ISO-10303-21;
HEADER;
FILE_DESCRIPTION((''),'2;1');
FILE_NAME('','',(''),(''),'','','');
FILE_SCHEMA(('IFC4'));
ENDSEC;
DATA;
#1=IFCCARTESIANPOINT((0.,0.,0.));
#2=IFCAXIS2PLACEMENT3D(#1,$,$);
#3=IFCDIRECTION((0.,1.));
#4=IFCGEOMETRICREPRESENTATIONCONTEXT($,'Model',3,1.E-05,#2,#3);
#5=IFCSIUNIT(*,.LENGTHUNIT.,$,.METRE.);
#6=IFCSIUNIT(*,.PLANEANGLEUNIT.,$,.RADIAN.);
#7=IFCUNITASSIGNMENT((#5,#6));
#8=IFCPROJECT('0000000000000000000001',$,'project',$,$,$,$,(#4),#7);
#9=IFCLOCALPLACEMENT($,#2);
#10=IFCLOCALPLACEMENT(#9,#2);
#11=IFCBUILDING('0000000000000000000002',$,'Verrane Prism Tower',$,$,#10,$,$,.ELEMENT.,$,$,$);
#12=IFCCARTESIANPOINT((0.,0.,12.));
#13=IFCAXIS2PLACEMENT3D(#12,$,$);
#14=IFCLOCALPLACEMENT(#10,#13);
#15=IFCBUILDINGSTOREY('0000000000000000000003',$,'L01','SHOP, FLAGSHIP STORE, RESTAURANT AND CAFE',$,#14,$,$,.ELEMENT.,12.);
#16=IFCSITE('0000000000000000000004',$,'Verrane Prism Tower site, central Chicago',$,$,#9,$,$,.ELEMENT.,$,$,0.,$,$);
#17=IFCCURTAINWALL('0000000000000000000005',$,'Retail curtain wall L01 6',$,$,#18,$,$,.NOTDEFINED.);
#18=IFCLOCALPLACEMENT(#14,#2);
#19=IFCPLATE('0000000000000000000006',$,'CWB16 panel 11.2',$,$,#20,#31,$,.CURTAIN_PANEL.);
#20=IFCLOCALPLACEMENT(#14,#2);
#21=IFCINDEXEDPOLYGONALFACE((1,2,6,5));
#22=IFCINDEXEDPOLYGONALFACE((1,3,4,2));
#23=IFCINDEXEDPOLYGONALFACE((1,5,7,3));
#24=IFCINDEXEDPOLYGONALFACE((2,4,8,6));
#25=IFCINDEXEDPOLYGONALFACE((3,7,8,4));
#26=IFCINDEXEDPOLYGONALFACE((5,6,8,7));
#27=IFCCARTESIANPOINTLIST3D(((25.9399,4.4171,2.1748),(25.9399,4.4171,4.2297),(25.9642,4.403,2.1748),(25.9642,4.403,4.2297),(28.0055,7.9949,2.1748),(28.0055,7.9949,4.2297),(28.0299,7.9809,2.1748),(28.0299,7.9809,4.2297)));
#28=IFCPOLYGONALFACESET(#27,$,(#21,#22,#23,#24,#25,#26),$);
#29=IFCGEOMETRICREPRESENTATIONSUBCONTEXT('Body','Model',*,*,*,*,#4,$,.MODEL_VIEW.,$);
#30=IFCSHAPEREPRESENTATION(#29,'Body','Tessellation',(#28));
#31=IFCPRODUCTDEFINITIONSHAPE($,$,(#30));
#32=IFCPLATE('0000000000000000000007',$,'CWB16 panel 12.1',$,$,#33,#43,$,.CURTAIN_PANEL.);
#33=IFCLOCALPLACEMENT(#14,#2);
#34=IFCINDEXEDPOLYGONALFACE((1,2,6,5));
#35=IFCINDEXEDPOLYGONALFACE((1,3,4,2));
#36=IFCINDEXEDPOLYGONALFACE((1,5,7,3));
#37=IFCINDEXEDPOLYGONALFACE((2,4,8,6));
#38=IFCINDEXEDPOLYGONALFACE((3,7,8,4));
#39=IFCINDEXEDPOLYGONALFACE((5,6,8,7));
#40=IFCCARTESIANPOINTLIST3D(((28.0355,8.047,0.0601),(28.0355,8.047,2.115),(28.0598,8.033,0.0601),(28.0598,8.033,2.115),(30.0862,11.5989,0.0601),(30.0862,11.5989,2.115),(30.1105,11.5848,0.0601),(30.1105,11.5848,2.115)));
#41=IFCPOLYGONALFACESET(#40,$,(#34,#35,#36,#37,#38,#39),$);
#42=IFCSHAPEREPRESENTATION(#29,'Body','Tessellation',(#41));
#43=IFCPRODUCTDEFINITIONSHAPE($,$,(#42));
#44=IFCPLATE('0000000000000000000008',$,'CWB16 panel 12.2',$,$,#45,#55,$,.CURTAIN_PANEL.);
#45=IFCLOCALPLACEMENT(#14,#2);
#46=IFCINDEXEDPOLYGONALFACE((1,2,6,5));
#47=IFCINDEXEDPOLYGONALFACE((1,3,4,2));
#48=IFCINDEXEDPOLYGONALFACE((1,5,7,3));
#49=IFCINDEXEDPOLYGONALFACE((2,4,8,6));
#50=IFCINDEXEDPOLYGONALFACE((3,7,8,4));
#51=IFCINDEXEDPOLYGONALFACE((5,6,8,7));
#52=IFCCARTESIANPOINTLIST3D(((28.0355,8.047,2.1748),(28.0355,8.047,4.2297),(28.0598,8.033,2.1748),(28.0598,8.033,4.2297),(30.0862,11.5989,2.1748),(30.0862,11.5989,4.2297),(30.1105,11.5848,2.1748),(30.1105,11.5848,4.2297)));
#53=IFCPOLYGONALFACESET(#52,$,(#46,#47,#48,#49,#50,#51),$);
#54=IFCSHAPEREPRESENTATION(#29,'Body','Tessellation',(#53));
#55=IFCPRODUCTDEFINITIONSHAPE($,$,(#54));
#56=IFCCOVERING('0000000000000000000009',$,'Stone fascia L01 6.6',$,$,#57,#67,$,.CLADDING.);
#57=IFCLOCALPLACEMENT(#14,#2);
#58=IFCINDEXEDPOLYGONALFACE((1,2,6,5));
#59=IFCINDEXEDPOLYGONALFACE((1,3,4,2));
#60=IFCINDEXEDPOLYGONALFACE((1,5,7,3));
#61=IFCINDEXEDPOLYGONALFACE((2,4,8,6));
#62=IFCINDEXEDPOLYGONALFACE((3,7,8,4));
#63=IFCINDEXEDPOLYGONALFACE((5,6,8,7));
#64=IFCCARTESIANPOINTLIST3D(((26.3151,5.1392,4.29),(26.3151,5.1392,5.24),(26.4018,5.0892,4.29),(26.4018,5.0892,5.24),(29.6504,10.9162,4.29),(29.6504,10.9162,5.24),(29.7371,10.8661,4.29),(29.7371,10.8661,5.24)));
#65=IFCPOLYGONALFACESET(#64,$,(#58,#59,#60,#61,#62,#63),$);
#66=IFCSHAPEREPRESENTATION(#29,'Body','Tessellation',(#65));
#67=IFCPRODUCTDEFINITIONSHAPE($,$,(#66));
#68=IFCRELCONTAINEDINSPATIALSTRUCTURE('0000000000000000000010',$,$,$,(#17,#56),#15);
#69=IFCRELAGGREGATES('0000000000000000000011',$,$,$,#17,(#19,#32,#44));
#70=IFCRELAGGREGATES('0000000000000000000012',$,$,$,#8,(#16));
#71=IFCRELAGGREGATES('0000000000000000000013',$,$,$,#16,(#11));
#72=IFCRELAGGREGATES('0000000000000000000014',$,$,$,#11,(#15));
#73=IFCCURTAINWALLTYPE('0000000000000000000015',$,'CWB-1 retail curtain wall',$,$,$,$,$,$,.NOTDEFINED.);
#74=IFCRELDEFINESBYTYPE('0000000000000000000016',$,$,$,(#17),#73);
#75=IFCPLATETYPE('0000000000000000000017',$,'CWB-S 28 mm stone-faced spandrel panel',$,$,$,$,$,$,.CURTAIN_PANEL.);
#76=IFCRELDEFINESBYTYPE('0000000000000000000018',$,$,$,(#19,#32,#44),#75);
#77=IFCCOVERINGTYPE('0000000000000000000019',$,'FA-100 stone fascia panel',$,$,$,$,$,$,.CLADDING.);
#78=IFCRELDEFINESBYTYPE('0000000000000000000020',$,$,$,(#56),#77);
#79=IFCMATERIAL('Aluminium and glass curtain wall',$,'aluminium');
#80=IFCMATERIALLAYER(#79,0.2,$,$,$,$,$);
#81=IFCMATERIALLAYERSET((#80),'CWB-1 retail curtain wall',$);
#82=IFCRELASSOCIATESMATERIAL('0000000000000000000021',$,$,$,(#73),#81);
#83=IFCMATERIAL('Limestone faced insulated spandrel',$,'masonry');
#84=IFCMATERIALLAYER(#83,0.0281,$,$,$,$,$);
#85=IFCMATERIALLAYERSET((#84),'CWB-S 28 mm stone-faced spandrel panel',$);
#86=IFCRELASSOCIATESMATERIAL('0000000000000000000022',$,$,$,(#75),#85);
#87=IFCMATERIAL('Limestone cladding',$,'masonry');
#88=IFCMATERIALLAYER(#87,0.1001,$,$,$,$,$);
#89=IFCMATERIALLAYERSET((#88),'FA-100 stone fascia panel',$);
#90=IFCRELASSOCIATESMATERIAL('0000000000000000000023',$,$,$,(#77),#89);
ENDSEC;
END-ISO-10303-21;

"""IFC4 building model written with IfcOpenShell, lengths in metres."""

from ifc_helpers import new_model, si_unit, direction, frame, origin, origin_2d, place, context, subcontext, project, spatial, rectangle, extrude, material, layer, layer_set, type_object, element, aggregate, save


model = new_model("IFC4")

# Units and contexts
model_context = context("Model", 3, precision=1e-05, world=origin(), true_north=direction((0.0, 1.0)))
body_context = subcontext(model_context, "Body", "Model", "MODEL_VIEW")
ifc_project = project(units=[si_unit("LENGTHUNIT", "METRE"), si_unit("PLANEANGLEUNIT", "RADIAN")], contexts=[model_context])

# Site, building, storey
site_placement = place(None, origin())
site = spatial("IfcSite", under=ifc_project, at=site_placement, Name="Verrane Prism Tower site, central Chicago", CompositionType="ELEMENT", RefElevation=0.0)
building_placement = place(site_placement, origin())
building = spatial("IfcBuilding", under=site, at=building_placement, Name="Verrane Prism Tower", CompositionType="ELEMENT")
storey_placement = place(building_placement, frame((0.0, 0.0, 12.0)))
storey = spatial("IfcBuildingStorey", under=building, at=storey_placement, Name="L01", Description="SHOP, FLAGSHIP STORE, RESTAURANT AND CAFE", CompositionType="ELEMENT", Elevation=12.0)

# Shared definitions
ifc_material_1 = material(Name="Aluminium and glass curtain wall", Category="aluminium")
ifc_layer_1 = layer(ifc_material_1, 0.2)
ifc_layer_set_1 = layer_set([ifc_layer_1], Name="CWB-1 retail curtain wall")
curtain_wall_type = type_object("IfcCurtainWallType", Name="CWB-1 retail curtain wall", PredefinedType="NOTDEFINED", material=ifc_layer_set_1)

# Curtain wall
curtain_wall_1_placement = place(storey_placement, origin())
curtain_wall_1 = element("IfcCurtainWall", 1, at=curtain_wall_1_placement, inside=storey, type_object=curtain_wall_type, Name="Retail curtain wall L01 6", PredefinedType="NOTDEFINED")

# Plates
ifc_material_2 = material(Name="Limestone faced insulated spandrel", Category="masonry")
ifc_layer_2 = layer(ifc_material_2, 0.0281)
ifc_layer_set_2 = layer_set([ifc_layer_2], Name="CWB-S 28 mm stone-faced spandrel panel")
plate_type = type_object("IfcPlateType", Name="CWB-S 28 mm stone-faced spandrel panel", PredefinedType="CURTAIN_PANEL", material=ifc_layer_set_2)
plate_1_placement = place(storey_placement, frame((26.9849, 6.199, 2.1748), z_axis=(0.0, 0.0, 1.0), x_axis=(0.5, 0.866025, 0.0)))
plate_1 = element("IfcPlate", 2, at=plate_1_placement, type_object=plate_type, Name="CWB16 panel 11.2", PredefinedType="CURTAIN_PANEL", context=body_context, shape_type="SweptSolid", body=[
    extrude(rectangle(XDim=4.1313, YDim=0.0281, at=origin_2d()), origin(), (0.0, 0.0, 1.0), 2.0549),
])
plate_2_placement = place(storey_placement, frame((29.073, 9.8159, 0.0601), z_axis=(0.0, 0.0, 1.0), x_axis=(0.5, 0.866025, 0.0)))
plate_2 = element("IfcPlate", 3, at=plate_2_placement, type_object=plate_type, Name="CWB16 panel 12.1", PredefinedType="CURTAIN_PANEL", context=body_context, shape_type="SweptSolid", body=[
    extrude(rectangle(XDim=4.1013, YDim=0.0281, at=origin_2d()), origin(), (0.0, 0.0, 1.0), 2.0549),
])
plate_3_placement = place(storey_placement, frame((29.073, 9.8159, 2.1748), z_axis=(0.0, 0.0, 1.0), x_axis=(0.5, 0.866025, 0.0)))
plate_3 = element("IfcPlate", 4, at=plate_3_placement, type_object=plate_type, Name="CWB16 panel 12.2", PredefinedType="CURTAIN_PANEL", context=body_context, shape_type="SweptSolid", body=[
    extrude(rectangle(XDim=4.1013, YDim=0.0281, at=origin_2d()), origin(), (0.0, 0.0, 1.0), 2.0549),
])
aggregate(curtain_wall_1, [plate_1, plate_2, plate_3])

# Covering
ifc_material_3 = material(Name="Limestone cladding", Category="masonry")
ifc_layer_3 = layer(ifc_material_3, 0.1001)
ifc_layer_set_3 = layer_set([ifc_layer_3], Name="FA-100 stone fascia panel")
covering_type = type_object("IfcCoveringType", Name="FA-100 stone fascia panel", PredefinedType="CLADDING", material=ifc_layer_set_3)
covering_placement = place(storey_placement, frame((28.0261, 8.0027, 4.29), z_axis=(0.0, 0.0, 1.0), x_axis=(0.5, 0.866025, 0.0)))
element("IfcCovering", 5, at=covering_placement, inside=storey, type_object=covering_type, Name="Stone fascia L01 6.6", PredefinedType="CLADDING", context=body_context, shape_type="SweptSolid", body=[
    extrude(rectangle(XDim=6.6707, YDim=0.1001, at=origin_2d()), origin(), (0.0, 0.0, 1.0), 0.95),
])

save(model, "model.ifc")
